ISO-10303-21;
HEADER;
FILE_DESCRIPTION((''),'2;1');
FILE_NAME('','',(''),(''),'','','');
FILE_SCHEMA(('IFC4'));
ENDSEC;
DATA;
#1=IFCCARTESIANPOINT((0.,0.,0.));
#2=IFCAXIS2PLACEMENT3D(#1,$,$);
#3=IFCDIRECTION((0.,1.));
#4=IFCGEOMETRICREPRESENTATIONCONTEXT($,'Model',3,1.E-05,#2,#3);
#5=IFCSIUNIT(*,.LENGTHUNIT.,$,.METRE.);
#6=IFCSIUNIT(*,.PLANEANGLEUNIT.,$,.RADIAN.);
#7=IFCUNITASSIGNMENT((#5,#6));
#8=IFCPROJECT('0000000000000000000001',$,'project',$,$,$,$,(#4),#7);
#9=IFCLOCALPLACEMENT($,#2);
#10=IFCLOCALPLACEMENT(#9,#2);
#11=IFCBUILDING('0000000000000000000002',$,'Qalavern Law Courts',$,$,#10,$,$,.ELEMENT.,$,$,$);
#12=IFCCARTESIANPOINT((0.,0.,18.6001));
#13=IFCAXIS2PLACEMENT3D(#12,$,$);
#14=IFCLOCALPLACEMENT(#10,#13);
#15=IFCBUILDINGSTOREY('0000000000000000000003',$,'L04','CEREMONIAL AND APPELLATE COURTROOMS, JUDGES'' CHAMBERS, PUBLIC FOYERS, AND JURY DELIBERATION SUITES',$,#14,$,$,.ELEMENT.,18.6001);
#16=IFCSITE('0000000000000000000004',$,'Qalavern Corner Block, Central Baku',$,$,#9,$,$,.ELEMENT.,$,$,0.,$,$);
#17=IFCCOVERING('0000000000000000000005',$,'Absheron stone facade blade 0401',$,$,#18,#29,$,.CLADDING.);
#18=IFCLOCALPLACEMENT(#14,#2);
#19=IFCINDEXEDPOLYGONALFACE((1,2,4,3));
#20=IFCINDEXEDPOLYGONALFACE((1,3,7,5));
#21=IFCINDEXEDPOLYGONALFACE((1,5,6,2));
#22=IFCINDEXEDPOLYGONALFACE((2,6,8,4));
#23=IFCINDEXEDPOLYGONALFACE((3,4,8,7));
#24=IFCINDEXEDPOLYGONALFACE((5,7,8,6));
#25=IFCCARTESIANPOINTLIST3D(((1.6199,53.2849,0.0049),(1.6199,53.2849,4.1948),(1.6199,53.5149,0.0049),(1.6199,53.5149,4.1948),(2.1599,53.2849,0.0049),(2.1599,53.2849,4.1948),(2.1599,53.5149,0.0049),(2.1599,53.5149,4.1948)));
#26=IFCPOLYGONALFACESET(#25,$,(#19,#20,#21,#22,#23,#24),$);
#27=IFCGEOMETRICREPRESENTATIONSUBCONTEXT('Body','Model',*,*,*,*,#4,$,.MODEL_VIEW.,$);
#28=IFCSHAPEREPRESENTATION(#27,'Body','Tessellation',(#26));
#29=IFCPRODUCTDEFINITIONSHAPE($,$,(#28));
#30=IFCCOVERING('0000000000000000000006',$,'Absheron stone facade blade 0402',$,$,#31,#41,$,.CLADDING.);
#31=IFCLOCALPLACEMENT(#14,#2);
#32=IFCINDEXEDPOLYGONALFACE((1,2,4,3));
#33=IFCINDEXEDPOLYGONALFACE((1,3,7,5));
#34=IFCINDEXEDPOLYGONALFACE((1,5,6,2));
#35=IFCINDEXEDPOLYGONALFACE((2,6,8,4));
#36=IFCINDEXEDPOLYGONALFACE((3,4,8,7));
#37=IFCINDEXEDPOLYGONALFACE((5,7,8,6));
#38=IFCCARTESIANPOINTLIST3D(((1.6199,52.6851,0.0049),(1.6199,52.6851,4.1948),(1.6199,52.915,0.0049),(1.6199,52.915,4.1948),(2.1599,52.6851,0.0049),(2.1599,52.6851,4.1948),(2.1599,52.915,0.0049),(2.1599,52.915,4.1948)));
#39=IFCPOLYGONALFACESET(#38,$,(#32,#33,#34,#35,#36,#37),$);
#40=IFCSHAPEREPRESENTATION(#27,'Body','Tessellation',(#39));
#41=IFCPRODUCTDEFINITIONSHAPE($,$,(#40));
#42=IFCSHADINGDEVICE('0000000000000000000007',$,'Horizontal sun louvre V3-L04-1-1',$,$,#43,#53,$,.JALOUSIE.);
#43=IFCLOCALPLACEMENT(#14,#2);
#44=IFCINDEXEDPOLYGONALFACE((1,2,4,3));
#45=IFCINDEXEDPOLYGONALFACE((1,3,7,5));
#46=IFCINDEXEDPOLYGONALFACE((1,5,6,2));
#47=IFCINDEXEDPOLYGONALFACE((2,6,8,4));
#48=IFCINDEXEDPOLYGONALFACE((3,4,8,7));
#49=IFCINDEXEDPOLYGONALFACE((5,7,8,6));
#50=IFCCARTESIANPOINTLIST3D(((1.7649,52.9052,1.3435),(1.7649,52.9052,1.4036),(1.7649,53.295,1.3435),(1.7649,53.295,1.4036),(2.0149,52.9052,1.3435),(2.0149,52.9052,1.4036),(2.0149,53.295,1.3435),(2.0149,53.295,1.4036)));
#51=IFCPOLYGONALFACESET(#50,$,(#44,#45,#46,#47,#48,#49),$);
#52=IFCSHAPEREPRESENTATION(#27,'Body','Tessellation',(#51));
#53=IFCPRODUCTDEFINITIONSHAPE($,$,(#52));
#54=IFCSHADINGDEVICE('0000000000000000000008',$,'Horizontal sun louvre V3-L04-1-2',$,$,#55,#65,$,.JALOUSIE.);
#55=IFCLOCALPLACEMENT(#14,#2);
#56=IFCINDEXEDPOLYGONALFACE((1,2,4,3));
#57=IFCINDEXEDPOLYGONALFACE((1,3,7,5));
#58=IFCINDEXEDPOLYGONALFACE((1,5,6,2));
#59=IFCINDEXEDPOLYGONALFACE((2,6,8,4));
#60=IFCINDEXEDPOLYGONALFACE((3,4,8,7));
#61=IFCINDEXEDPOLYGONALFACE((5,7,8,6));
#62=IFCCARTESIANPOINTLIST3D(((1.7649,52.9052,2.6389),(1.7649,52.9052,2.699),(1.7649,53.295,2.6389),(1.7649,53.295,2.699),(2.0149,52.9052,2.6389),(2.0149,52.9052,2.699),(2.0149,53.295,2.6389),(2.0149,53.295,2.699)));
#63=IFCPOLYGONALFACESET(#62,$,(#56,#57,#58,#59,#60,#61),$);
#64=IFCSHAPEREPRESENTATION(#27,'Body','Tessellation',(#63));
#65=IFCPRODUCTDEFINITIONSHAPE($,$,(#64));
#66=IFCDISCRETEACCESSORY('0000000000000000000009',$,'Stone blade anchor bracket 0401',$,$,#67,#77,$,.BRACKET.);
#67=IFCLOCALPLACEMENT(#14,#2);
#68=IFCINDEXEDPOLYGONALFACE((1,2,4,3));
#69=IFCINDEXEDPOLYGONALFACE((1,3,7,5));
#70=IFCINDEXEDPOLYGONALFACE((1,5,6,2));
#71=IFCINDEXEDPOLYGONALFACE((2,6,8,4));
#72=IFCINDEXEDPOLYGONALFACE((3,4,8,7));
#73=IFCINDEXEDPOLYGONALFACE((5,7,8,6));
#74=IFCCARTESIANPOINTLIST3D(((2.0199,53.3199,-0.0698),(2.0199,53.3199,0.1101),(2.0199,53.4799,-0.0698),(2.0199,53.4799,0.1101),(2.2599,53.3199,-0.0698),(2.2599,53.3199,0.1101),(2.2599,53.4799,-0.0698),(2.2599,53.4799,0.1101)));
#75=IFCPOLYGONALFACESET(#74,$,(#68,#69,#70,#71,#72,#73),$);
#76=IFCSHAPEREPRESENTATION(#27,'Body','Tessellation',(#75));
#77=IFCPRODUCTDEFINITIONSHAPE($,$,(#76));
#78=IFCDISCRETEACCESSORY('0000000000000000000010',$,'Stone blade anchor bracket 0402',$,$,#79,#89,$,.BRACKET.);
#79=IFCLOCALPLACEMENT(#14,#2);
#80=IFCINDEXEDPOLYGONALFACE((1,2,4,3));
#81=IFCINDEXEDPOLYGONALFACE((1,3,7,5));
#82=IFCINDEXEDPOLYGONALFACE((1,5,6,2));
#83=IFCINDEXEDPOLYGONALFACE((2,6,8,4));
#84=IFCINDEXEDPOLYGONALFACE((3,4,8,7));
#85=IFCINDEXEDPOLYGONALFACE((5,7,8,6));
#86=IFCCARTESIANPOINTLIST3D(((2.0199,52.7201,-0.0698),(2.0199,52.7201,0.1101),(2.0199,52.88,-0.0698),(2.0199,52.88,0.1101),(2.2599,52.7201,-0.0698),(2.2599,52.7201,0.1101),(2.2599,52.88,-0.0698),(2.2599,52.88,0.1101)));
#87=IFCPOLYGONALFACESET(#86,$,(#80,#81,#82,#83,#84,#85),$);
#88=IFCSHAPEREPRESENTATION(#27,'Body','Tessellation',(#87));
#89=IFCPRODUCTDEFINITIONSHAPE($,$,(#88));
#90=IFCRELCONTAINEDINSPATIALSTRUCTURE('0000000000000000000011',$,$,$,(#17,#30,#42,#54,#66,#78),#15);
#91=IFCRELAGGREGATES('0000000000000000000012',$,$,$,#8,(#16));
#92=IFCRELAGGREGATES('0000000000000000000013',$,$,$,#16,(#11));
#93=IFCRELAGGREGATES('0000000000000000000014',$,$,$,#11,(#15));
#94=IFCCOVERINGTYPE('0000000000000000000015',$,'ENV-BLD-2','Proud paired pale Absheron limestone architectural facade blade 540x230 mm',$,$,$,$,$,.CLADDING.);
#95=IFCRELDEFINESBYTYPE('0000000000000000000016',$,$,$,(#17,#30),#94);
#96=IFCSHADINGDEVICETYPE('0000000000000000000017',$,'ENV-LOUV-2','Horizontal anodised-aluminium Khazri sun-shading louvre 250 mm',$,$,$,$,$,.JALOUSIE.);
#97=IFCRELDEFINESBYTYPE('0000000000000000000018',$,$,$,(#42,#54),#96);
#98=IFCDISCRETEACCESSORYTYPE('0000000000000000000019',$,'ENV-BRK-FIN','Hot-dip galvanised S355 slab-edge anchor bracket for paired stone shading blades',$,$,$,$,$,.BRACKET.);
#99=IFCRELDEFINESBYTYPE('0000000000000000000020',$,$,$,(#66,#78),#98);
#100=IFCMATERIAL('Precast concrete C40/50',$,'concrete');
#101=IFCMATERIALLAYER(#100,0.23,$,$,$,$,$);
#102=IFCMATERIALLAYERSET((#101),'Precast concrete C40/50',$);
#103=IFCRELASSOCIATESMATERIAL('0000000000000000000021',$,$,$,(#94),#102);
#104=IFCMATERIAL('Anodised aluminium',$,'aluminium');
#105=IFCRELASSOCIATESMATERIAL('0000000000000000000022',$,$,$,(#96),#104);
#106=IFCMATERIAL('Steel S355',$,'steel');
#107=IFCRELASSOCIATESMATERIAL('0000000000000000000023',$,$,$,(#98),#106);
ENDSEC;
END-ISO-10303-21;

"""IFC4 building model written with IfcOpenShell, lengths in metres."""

from ifc_helpers import new_model, si_unit, direction, frame, origin, origin_2d, place, context, subcontext, project, spatial, rectangle, extrude, material, layer, layer_set, type_object, element, save


model = new_model("IFC4")

# Units and contexts
model_context = context("Model", 3, precision=1e-05, world=origin(), true_north=direction((0.0, 1.0)))
body_context = subcontext(model_context, "Body", "Model", "MODEL_VIEW")
ifc_project = project(units=[si_unit("LENGTHUNIT", "METRE"), si_unit("PLANEANGLEUNIT", "RADIAN")], contexts=[model_context])

# Site, building, storey
site_placement = place(None, origin())
site = spatial("IfcSite", under=ifc_project, at=site_placement, Name="Qalavern Corner Block, Central Baku", CompositionType="ELEMENT", RefElevation=0.0)
building_placement = place(site_placement, origin())
building = spatial("IfcBuilding", under=site, at=building_placement, Name="Qalavern Law Courts", CompositionType="ELEMENT")
storey_placement = place(building_placement, frame((0.0, 0.0, 18.6001)))
storey = spatial("IfcBuildingStorey", under=building, at=storey_placement, Name="L04", Description="CEREMONIAL AND APPELLATE COURTROOMS, JUDGES' CHAMBERS, PUBLIC FOYERS, AND JURY DELIBERATION SUITES", CompositionType="ELEMENT", Elevation=18.6001)

# Shared definitions
ifc_material_1 = material(Name="Anodised aluminium", Category="aluminium")

# Shared definitions
ifc_material_2 = material(Name="Steel S355", Category="steel")

# Coverings
ifc_material_3 = material(Name="Precast concrete C40/50", Category="concrete")
ifc_layer_1 = layer(ifc_material_3, 0.23)
ifc_layer_set_1 = layer_set([ifc_layer_1], Name="Precast concrete C40/50")
covering_type = type_object("IfcCoveringType", Name="ENV-BLD-2", Description="Proud paired pale Absheron limestone architectural facade blade 540x230 mm", PredefinedType="CLADDING", material=ifc_layer_set_1)
for number, where, z_axis, x_axis, name in (
    (1, (1.8899, 53.3999, 0.0049), (0.0, 0.0, 1.0), (-1.0, 0.0, 0.0), "Absheron stone facade blade 0401"),
    (2, (1.8899, 52.8, 0.0049), (0.0, 0.0, 1.0), (-1.0, 0.0, 0.0), "Absheron stone facade blade 0402"),
):
    element("IfcCovering", number, at=place(storey_placement, frame(where, z_axis=z_axis, x_axis=x_axis)), inside=storey, type_object=covering_type, Name=name, PredefinedType="CLADDING", context=body_context, shape_type="SweptSolid", body=[
        extrude(rectangle(XDim=0.54, YDim=0.23, at=origin_2d()), origin(), (0.0, 0.0, 1.0), 4.1899),
    ])

# Shading devices
shading_device_type = type_object("IfcShadingDeviceType", Name="ENV-LOUV-2", Description="Horizontal anodised-aluminium Khazri sun-shading louvre 250 mm", PredefinedType="JALOUSIE", material=ifc_material_1)
for number, where, z_axis, x_axis, name in (
    (3, (1.8899, 53.1001, 1.3435), (0.0, 0.0, 1.0), (0.0, -1.0, 0.0), "Horizontal sun louvre V3-L04-1-1"),
    (4, (1.8899, 53.1001, 2.6389), (0.0, 0.0, 1.0), (0.0, -1.0, 0.0), "Horizontal sun louvre V3-L04-1-2"),
):
    element("IfcShadingDevice", number, at=place(storey_placement, frame(where, z_axis=z_axis, x_axis=x_axis)), inside=storey, type_object=shading_device_type, Name=name, PredefinedType="JALOUSIE", context=body_context, shape_type="SweptSolid", body=[
        extrude(rectangle(XDim=0.3899, YDim=0.25, at=origin_2d()), origin(), (0.0, 0.0, 1.0), 0.0601),
    ])

# Discrete accessories
discrete_accessory_type = type_object("IfcDiscreteAccessoryType", Name="ENV-BRK-FIN", Description="Hot-dip galvanised S355 slab-edge anchor bracket for paired stone shading blades", PredefinedType="BRACKET", material=ifc_material_2)
for number, where, z_axis, x_axis, name in (
    (5, (2.1399, 53.3999, -0.0698), (0.0, 0.0, 1.0), (-1.0, 0.0, 0.0), "Stone blade anchor bracket 0401"),
    (6, (2.1399, 52.8, -0.0698), (0.0, 0.0, 1.0), (-1.0, 0.0, 0.0), "Stone blade anchor bracket 0402"),
):
    element("IfcDiscreteAccessory", number, at=place(storey_placement, frame(where, z_axis=z_axis, x_axis=x_axis)), inside=storey, type_object=discrete_accessory_type, Name=name, PredefinedType="BRACKET", context=body_context, shape_type="SweptSolid", body=[
        extrude(rectangle(XDim=0.24, YDim=0.1599, at=origin_2d()), origin(), (0.0, 0.0, 1.0), 0.1799),
    ])

save(model, "model.ifc")
